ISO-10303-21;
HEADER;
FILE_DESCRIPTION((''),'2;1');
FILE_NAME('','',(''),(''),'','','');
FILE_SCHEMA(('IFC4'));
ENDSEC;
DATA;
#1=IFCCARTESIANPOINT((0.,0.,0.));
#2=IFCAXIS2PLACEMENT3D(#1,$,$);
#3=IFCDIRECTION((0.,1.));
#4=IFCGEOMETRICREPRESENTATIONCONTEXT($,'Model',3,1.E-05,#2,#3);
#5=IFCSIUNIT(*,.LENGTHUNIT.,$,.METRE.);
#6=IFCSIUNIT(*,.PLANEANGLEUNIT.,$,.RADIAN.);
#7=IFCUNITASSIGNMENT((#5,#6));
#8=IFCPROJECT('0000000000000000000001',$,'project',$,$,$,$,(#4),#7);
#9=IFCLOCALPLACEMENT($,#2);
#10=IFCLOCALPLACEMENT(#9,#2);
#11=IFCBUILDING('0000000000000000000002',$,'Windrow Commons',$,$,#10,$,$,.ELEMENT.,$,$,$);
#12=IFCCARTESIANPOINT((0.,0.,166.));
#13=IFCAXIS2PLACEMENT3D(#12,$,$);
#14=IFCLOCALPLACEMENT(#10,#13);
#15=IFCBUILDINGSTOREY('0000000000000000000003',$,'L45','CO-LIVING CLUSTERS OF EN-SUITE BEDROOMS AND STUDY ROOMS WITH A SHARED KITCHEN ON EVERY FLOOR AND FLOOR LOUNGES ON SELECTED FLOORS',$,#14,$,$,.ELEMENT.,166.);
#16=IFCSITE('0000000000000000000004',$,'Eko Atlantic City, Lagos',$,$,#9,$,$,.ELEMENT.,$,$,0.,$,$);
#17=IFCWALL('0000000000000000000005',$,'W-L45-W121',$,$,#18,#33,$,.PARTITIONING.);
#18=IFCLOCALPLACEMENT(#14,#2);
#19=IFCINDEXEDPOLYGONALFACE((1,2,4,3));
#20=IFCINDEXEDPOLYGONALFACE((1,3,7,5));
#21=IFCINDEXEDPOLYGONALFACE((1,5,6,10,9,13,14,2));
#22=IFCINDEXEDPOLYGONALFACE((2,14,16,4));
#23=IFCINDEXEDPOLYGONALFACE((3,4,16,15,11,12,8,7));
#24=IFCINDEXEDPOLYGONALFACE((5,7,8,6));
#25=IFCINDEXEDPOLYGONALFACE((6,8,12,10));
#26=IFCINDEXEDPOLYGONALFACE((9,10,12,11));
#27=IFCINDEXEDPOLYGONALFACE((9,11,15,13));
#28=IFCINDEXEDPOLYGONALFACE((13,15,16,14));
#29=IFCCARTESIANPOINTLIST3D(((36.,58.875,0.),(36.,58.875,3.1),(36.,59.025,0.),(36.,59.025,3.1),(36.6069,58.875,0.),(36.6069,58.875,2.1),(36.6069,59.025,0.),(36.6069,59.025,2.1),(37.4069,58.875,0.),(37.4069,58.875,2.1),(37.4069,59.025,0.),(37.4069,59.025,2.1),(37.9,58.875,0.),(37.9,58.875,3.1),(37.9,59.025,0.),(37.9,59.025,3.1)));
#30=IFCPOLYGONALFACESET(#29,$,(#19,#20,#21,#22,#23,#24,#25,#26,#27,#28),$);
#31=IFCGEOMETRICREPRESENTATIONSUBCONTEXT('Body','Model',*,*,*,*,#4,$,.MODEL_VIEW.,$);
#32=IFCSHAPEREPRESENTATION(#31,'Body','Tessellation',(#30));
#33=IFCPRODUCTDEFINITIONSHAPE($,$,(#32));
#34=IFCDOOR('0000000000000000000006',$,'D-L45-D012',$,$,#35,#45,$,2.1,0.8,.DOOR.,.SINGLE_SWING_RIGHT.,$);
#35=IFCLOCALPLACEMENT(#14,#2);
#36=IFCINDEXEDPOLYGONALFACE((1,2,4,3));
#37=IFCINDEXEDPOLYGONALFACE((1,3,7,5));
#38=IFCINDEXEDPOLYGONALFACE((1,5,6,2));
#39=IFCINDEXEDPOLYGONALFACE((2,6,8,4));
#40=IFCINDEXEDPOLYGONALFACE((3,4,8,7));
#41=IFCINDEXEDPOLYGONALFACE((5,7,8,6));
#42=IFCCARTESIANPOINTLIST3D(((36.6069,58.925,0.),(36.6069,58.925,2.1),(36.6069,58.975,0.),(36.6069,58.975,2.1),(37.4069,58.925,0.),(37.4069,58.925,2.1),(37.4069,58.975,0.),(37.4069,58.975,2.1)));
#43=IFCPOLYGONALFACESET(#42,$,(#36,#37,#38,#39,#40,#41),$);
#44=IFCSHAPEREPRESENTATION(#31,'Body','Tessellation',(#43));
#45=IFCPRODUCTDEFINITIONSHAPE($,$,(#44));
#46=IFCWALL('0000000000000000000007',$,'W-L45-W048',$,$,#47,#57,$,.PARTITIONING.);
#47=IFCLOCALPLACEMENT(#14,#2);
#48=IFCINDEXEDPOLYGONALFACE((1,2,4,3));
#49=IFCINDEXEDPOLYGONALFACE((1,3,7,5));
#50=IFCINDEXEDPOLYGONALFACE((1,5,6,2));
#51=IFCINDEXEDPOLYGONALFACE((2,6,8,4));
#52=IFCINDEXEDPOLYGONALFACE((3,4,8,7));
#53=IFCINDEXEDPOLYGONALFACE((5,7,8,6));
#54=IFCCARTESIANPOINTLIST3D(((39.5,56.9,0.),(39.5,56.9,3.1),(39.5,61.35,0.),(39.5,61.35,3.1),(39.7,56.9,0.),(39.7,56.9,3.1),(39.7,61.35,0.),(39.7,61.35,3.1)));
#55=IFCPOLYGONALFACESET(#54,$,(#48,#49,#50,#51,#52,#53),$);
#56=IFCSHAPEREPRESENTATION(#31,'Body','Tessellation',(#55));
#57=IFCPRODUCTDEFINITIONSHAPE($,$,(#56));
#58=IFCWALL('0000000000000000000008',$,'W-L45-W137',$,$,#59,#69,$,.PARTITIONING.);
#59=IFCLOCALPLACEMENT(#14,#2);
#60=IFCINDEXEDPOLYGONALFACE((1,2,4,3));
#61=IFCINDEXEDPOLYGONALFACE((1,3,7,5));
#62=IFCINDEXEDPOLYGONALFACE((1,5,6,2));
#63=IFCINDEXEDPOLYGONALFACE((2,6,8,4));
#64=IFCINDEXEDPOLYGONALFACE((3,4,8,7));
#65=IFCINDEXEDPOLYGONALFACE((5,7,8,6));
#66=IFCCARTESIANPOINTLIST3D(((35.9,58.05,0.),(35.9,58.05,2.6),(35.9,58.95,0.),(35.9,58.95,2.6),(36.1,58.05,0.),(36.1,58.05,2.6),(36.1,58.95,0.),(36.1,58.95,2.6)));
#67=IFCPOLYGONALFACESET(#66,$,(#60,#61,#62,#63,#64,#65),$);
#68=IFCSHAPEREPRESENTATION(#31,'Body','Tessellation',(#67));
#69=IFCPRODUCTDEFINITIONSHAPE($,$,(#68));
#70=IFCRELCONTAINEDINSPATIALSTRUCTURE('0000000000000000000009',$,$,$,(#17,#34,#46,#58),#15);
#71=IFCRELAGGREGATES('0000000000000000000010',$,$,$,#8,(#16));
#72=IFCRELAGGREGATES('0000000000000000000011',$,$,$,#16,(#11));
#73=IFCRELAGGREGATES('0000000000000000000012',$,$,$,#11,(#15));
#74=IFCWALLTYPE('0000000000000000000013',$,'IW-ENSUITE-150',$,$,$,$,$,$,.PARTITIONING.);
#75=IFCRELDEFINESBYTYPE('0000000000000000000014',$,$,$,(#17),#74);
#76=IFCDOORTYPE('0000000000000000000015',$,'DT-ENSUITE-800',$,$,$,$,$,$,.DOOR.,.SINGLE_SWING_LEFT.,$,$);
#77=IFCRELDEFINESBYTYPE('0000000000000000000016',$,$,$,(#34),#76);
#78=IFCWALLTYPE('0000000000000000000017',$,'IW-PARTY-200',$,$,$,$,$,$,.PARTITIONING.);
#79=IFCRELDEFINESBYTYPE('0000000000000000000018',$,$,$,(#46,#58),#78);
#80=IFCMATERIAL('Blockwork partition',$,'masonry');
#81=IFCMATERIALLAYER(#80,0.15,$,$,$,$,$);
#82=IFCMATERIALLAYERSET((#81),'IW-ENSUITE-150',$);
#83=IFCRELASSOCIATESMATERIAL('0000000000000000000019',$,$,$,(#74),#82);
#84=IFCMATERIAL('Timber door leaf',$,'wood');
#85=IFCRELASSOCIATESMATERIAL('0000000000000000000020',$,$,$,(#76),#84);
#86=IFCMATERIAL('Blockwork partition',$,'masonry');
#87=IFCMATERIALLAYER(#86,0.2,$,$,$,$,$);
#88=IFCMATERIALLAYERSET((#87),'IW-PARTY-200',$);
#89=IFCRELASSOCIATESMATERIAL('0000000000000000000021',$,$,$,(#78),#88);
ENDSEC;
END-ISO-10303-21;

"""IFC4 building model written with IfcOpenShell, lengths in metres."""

from ifc_helpers import new_model, si_unit, direction, frame, frame_2d, origin, place, context, subcontext, project, spatial, rectangle, extrude, material, layer, layer_set, type_object, element, fill, save


model = new_model("IFC4")

# Units and contexts
model_context = context("Model", 3, precision=1e-05, world=origin(), true_north=direction((0.0, 1.0)))
body_context = subcontext(model_context, "Body", "Model", "MODEL_VIEW")
ifc_project = project(units=[si_unit("LENGTHUNIT", "METRE"), si_unit("PLANEANGLEUNIT", "RADIAN")], contexts=[model_context])

# Site, building, storey
site_placement = place(None, origin())
site = spatial("IfcSite", under=ifc_project, at=site_placement, Name="Eko Atlantic City, Lagos", CompositionType="ELEMENT", RefElevation=0.0)
building_placement = place(site_placement, origin())
building = spatial("IfcBuilding", under=site, at=building_placement, Name="Windrow Commons", CompositionType="ELEMENT")
storey_placement = place(building_placement, frame((0.0, 0.0, 166.0)))
storey = spatial("IfcBuildingStorey", under=building, at=storey_placement, Name="L45", Description="CO-LIVING CLUSTERS OF EN-SUITE BEDROOMS AND STUDY ROOMS WITH A SHARED KITCHEN ON EVERY FLOOR AND FLOOR LOUNGES ON SELECTED FLOORS", CompositionType="ELEMENT", Elevation=166.0)

# Shared definitions
ifc_material_1 = material(Name="Blockwork partition", Category="masonry")
ifc_layer_1 = layer(ifc_material_1, 0.15)
ifc_layer_set_1 = layer_set([ifc_layer_1], Name="IW-ENSUITE-150")
wall_type_1 = type_object("IfcWallType", Name="IW-ENSUITE-150", PredefinedType="PARTITIONING", material=ifc_layer_set_1)

# Wall, opening, door
wall_1_placement = place(storey_placement, frame((36.0, 58.95, 0.0), z_axis=(0.0, 0.0, 1.0), x_axis=(1.0, 0.0, 0.0)))
wall_1 = element("IfcWall", 1, at=wall_1_placement, inside=storey, type_object=wall_type_1, Name="W-L45-W121", PredefinedType="PARTITIONING", context=body_context, shape_type="SweptSolid", body=[
    extrude(rectangle(XDim=1.9, YDim=0.15, at=frame_2d((0.95, 0.0))), origin(), (0.0, 0.0, 1.0), 3.1),
])
opening_1_placement = place(wall_1_placement, frame((0.6069, 0.0, 0.0)))
opening_1 = element("IfcOpeningElement", 2, at=opening_1_placement, cuts=wall_1, PredefinedType="OPENING", context=body_context, shape_type="SweptSolid", body=[
    extrude(rectangle(XDim=0.8, YDim=2.1, at=frame_2d((0.4, 1.05))), frame((0.0, 0.085, 0.0), z_axis=(0.0, -1.0, 0.0), x_axis=(1.0, 0.0, 0.0)), (0.0, 0.0, 1.0), 0.17),
])
ifc_material_2 = material(Name="Timber door leaf", Category="wood")
door_type_1 = type_object("IfcDoorType", Name="DT-ENSUITE-800", OperationType="SINGLE_SWING_LEFT", PredefinedType="DOOR", material=ifc_material_2)
door_1_placement = place(opening_1_placement, origin())
door_1 = element("IfcDoor", 3, at=door_1_placement, inside=storey, type_object=door_type_1, Name="D-L45-D012", OperationType="SINGLE_SWING_RIGHT", OverallHeight=2.1, OverallWidth=0.8, PredefinedType="DOOR", context=body_context, shape_type="SweptSolid", body=[
    extrude(rectangle(XDim=0.8, YDim=2.1, at=frame_2d((0.4, 1.05))), frame((0.0, 0.025, 0.0), z_axis=(0.0, -1.0, 0.0), x_axis=(1.0, 0.0, 0.0)), (0.0, 0.0, 1.0), 0.05),
])
fill(opening_1, door_1)

# Walls
ifc_material_3 = material(Name="Blockwork partition", Category="masonry")
ifc_layer_2 = layer(ifc_material_3, 0.2)
ifc_layer_set_2 = layer_set([ifc_layer_2], Name="IW-PARTY-200")
wall_type_2 = type_object("IfcWallType", Name="IW-PARTY-200", PredefinedType="PARTITIONING", material=ifc_layer_set_2)
wall_2_placement = place(storey_placement, frame((39.6, 56.9, 0.0), z_axis=(0.0, 0.0, 1.0), x_axis=(0.0, 1.0, 0.0)))
element("IfcWall", 4, at=wall_2_placement, inside=storey, type_object=wall_type_2, Name="W-L45-W048", PredefinedType="PARTITIONING", context=body_context, shape_type="SweptSolid", body=[
    extrude(rectangle(XDim=4.45, YDim=0.2, at=frame_2d((2.225, 0.0))), origin(), (0.0, 0.0, 1.0), 3.1),
])
wall_3_placement = place(storey_placement, frame((36.0, 58.05, 0.0), z_axis=(0.0, 0.0, 1.0), x_axis=(0.0, 1.0, 0.0)))
element("IfcWall", 5, at=wall_3_placement, inside=storey, type_object=wall_type_2, Name="W-L45-W137", PredefinedType="PARTITIONING", context=body_context, shape_type="SweptSolid", body=[
    extrude(rectangle(XDim=0.9, YDim=0.2, at=frame_2d((0.45, 0.0))), origin(), (0.0, 0.0, 1.0), 2.6),
])

save(model, "model.ifc")
